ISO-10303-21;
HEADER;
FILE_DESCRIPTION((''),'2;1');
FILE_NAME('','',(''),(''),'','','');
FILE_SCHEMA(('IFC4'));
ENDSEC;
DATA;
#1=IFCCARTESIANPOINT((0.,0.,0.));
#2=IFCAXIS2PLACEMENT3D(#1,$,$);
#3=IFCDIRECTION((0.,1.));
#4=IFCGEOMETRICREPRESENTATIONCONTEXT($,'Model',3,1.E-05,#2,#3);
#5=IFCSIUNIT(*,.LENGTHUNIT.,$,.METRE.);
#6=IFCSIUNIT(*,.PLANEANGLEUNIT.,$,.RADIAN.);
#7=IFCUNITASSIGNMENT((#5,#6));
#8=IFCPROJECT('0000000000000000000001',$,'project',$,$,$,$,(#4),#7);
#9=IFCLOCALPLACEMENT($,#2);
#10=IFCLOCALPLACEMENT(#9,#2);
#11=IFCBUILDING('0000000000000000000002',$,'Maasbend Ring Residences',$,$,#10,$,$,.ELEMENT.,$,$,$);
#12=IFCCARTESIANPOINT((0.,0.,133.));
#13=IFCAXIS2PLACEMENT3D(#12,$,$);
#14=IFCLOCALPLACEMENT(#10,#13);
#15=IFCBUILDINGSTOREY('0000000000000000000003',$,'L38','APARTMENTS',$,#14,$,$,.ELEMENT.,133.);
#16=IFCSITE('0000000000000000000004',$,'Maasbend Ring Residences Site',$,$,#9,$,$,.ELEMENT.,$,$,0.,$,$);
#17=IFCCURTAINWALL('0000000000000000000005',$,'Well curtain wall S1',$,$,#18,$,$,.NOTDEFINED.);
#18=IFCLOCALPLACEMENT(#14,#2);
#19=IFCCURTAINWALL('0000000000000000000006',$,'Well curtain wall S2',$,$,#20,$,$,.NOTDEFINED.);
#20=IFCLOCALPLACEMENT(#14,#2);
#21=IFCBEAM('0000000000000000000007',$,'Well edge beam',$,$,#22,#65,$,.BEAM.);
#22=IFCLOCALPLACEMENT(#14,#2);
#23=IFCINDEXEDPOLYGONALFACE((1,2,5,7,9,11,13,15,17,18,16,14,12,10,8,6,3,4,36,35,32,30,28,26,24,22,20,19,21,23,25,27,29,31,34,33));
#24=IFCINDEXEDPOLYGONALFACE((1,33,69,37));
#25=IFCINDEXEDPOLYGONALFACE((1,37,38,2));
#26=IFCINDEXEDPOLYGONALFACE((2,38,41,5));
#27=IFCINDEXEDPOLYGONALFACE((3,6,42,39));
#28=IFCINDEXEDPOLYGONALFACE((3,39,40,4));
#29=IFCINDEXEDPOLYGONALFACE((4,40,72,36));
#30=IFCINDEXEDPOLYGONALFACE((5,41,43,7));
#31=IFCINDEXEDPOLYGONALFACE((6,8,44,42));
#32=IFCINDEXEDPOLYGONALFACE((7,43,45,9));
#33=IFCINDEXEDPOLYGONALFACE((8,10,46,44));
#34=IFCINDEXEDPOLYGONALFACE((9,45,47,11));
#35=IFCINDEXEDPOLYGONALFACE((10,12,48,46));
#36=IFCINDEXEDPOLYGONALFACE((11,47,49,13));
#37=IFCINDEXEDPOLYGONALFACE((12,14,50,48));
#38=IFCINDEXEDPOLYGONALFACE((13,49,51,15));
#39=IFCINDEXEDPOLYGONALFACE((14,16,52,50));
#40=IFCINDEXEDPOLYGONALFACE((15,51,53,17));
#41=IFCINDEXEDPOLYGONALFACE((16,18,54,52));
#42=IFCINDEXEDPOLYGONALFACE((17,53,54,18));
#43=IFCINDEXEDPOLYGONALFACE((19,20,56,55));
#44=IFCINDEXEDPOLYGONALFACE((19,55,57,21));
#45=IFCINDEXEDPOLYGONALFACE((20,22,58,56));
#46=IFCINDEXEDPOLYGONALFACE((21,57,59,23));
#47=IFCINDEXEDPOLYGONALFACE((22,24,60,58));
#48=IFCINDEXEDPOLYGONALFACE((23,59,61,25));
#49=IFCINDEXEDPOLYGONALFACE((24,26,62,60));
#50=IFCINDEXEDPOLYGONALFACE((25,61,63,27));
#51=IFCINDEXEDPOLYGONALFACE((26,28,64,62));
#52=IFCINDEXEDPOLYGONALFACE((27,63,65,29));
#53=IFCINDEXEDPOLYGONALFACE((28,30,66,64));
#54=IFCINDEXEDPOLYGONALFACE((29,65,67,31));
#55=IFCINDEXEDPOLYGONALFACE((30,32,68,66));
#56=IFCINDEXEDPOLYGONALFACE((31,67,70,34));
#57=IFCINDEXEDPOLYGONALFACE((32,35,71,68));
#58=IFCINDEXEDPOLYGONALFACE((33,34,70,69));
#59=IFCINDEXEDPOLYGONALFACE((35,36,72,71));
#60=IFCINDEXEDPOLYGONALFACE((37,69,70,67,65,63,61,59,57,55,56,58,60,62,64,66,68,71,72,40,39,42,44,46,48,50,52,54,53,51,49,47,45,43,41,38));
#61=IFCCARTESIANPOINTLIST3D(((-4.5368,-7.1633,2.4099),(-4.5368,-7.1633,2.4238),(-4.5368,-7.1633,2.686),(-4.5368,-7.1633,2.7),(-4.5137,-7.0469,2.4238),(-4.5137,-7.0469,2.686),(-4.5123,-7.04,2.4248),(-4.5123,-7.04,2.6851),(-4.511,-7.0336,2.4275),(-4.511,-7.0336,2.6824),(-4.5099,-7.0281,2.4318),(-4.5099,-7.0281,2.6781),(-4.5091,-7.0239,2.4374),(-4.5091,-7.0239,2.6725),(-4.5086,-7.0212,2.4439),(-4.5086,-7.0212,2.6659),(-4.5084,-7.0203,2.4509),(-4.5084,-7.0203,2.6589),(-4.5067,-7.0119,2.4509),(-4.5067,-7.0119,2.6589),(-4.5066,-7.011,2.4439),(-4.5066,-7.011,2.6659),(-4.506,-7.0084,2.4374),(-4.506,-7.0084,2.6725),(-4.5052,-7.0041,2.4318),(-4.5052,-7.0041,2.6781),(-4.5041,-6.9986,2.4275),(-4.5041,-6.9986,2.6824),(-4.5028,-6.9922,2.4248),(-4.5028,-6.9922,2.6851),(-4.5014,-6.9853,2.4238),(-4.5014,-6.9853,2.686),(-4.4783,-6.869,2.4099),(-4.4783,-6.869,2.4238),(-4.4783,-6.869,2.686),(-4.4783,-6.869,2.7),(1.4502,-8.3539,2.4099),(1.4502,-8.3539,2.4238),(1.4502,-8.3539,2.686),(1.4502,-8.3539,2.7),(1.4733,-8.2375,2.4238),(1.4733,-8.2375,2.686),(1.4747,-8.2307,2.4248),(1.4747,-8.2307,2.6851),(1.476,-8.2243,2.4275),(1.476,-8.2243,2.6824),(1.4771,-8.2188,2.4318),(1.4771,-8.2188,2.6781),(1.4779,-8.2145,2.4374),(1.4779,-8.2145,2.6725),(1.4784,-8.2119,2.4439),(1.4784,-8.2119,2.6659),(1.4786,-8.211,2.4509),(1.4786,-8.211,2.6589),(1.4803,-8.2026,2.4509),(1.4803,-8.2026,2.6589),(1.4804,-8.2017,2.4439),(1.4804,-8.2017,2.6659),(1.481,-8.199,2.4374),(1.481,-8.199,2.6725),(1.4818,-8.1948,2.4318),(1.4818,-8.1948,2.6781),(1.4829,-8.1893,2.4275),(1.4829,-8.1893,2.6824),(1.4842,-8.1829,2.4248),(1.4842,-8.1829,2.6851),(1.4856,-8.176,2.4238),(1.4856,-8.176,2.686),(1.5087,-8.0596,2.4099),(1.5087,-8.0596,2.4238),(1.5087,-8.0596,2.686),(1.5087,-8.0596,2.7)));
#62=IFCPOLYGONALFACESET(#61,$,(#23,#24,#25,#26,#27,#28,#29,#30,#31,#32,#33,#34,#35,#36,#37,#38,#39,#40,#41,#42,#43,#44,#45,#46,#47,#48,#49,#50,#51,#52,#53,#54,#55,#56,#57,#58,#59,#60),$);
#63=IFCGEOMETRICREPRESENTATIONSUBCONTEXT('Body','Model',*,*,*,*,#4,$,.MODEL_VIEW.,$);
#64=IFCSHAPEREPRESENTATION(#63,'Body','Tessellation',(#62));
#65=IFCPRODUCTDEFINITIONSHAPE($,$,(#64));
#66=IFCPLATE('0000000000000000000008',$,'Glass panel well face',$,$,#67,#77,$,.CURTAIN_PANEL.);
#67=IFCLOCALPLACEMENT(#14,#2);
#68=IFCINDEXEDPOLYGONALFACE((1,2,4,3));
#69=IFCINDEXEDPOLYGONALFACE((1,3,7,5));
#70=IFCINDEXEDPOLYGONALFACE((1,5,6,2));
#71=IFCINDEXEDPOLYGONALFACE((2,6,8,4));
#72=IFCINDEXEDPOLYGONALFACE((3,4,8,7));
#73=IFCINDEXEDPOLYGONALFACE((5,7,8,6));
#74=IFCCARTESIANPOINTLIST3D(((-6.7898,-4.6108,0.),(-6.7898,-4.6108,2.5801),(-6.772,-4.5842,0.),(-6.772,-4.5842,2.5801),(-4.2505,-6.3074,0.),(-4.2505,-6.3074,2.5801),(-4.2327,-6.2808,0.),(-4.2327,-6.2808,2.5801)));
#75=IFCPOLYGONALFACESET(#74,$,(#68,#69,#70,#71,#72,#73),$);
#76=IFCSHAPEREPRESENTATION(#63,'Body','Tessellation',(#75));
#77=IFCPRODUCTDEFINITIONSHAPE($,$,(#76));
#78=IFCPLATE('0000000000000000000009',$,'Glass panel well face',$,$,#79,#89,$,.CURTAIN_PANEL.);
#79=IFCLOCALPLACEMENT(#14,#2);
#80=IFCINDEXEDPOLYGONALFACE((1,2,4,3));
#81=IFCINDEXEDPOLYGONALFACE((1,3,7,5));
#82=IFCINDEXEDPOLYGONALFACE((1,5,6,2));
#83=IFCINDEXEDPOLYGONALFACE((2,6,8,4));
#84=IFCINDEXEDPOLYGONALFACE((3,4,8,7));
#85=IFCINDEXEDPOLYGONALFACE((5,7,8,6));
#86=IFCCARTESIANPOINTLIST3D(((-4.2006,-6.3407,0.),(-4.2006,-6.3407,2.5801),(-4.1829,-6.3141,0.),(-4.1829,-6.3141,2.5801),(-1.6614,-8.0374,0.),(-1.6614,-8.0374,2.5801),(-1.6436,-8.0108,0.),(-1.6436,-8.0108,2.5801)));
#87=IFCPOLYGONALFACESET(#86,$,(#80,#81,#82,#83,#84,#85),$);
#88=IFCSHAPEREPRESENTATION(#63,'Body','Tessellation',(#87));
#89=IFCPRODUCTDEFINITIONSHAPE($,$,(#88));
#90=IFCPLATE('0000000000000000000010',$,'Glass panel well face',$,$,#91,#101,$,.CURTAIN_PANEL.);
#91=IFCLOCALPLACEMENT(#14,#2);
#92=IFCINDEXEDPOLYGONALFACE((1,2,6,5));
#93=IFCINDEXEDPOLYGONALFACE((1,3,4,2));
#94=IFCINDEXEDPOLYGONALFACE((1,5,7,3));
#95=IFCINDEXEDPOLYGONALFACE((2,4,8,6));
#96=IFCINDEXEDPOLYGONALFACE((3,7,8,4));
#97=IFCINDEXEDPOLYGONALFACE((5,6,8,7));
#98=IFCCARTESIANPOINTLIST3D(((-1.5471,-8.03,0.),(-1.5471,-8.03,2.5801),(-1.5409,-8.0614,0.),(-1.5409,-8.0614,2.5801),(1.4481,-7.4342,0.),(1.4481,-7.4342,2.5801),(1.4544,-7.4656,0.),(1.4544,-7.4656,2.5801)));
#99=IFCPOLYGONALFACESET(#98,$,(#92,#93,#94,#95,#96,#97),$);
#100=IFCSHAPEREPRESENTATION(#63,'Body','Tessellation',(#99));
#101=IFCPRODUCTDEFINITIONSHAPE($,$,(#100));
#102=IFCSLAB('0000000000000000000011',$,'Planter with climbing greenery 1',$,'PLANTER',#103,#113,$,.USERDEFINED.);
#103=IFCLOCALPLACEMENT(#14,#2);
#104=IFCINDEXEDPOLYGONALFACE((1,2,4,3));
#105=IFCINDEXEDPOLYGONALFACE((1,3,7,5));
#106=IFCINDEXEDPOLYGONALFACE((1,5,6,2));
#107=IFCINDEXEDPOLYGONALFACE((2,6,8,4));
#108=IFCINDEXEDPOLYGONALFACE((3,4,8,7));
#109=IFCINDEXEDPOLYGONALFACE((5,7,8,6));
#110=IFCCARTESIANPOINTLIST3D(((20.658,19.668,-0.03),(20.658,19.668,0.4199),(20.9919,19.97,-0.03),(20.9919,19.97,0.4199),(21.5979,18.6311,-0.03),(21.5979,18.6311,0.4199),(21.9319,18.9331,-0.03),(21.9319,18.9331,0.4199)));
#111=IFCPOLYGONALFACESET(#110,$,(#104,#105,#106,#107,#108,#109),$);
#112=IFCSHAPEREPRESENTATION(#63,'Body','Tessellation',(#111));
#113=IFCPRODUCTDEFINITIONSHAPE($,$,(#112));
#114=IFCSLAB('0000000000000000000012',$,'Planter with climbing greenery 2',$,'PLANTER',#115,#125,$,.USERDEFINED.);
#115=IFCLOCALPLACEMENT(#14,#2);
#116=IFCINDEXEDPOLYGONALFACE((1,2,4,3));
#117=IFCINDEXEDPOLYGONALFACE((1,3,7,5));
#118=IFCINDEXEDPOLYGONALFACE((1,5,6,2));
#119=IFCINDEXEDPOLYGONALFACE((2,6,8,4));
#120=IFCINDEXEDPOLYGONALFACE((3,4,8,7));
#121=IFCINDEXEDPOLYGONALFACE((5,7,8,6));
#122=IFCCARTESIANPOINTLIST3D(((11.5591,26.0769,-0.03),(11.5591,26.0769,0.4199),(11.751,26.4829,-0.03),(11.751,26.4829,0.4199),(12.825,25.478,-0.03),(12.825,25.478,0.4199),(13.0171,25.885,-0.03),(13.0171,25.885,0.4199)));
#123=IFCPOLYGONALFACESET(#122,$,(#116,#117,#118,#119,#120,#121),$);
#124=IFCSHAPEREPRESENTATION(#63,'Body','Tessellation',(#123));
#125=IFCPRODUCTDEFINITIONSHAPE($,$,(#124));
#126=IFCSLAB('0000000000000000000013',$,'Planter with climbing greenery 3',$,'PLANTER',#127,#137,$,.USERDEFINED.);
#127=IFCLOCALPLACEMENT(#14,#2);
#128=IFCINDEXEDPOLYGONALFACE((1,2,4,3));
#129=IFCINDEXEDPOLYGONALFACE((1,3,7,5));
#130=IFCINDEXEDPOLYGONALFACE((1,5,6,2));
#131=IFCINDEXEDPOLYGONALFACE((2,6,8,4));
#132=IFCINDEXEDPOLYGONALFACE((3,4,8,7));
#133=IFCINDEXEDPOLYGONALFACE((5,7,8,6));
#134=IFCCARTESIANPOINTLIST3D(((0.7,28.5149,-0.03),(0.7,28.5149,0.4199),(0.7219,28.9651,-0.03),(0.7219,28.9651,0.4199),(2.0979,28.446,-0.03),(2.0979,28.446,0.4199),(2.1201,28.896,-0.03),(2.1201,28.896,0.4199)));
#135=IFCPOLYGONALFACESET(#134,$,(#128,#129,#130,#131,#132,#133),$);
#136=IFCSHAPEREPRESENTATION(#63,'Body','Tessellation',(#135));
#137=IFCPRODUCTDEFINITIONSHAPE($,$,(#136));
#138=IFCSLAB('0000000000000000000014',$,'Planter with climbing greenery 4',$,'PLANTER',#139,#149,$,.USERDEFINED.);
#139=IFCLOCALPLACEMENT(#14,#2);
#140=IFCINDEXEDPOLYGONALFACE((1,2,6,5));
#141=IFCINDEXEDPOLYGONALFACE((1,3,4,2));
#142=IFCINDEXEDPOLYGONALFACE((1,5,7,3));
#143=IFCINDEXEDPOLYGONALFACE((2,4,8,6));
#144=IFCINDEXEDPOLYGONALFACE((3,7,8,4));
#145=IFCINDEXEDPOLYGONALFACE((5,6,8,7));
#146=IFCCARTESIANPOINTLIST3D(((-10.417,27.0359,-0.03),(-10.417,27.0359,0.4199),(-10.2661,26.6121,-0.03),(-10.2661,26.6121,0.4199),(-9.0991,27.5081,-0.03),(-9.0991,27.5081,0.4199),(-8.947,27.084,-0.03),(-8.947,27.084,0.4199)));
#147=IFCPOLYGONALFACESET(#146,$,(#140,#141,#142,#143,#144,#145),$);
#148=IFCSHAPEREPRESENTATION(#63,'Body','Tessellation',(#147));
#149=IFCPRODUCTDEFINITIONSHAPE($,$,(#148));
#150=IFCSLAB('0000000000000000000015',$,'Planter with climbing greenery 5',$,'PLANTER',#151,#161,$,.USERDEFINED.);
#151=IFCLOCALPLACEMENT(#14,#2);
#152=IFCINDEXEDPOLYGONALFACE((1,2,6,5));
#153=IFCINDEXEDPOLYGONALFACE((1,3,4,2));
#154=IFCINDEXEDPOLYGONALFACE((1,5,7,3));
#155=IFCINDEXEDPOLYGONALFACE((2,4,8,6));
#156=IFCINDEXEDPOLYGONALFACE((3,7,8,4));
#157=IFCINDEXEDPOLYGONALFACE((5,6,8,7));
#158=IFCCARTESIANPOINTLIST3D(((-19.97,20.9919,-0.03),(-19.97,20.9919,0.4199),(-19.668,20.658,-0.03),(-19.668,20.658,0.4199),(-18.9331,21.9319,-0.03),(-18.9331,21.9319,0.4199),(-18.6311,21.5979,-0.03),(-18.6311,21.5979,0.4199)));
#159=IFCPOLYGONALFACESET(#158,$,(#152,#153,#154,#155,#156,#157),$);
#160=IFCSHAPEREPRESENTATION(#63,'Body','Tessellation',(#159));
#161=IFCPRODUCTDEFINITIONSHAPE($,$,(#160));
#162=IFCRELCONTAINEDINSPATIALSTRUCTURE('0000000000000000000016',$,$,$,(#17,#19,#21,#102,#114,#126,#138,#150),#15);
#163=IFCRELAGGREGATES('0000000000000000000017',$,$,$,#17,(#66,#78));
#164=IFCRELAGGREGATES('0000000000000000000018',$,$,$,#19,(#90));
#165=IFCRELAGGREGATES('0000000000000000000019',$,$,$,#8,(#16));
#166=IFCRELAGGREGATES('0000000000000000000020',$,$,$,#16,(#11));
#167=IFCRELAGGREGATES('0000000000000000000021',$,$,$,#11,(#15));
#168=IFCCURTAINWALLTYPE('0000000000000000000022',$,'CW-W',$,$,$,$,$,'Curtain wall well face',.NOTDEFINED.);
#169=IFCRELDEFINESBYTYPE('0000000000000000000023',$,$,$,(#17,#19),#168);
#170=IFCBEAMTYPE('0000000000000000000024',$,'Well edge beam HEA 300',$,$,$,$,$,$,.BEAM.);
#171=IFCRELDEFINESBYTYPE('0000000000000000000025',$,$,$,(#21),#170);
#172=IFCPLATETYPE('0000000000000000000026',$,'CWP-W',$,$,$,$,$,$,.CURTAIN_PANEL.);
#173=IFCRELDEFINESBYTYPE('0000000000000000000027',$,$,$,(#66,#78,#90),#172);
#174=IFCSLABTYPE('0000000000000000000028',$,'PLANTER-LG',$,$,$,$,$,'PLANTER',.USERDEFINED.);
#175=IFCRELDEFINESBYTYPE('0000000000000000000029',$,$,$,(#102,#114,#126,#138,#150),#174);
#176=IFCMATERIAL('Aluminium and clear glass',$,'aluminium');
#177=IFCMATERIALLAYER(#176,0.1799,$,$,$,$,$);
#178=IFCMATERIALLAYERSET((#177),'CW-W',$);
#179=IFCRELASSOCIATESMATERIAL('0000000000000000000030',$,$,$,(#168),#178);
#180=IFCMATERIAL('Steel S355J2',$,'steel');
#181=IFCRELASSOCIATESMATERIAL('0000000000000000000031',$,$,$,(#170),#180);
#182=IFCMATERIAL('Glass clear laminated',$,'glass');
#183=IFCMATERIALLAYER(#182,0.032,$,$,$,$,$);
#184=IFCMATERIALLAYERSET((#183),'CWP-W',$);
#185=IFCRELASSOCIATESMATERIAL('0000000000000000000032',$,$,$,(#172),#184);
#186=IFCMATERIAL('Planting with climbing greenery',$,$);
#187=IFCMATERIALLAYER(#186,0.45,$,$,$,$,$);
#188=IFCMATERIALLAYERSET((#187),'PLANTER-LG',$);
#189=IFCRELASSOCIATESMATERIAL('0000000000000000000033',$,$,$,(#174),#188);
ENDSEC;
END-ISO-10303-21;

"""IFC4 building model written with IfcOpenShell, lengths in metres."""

from ifc_helpers import new_model, si_unit, direction, frame, origin, origin_2d, place, context, subcontext, project, spatial, polyline, rectangle, i_section, outline, extrude, material, layer, layer_set, material_profile, profile_set, type_object, element, aggregate, save


model = new_model("IFC4")

# Units and contexts
model_context = context("Model", 3, precision=1e-05, world=origin(), true_north=direction((0.0, 1.0)))
body_context = subcontext(model_context, "Body", "Model", "MODEL_VIEW")
ifc_project = project(units=[si_unit("LENGTHUNIT", "METRE"), si_unit("PLANEANGLEUNIT", "RADIAN")], contexts=[model_context])

# Site, building, storey
site_placement = place(None, origin())
site = spatial("IfcSite", under=ifc_project, at=site_placement, Name="Maasbend Ring Residences Site", CompositionType="ELEMENT", RefElevation=0.0)
building_placement = place(site_placement, origin())
building = spatial("IfcBuilding", under=site, at=building_placement, Name="Maasbend Ring Residences", CompositionType="ELEMENT")
storey_placement = place(building_placement, frame((0.0, 0.0, 133.0)))
storey = spatial("IfcBuildingStorey", under=building, at=storey_placement, Name="L38", Description="APARTMENTS", CompositionType="ELEMENT", Elevation=133.0)

# Curtain wall
ifc_material_1 = material(Name="Aluminium and clear glass", Category="aluminium")
ifc_layer_1 = layer(ifc_material_1, 0.1799)
ifc_layer_set_1 = layer_set([ifc_layer_1], Name="CW-W")
curtain_wall_type = type_object("IfcCurtainWallType", Name="CW-W", ElementType="Curtain wall well face", PredefinedType="NOTDEFINED", material=ifc_layer_set_1)
curtain_wall_1_placement = place(storey_placement, origin())
curtain_wall_1 = element("IfcCurtainWall", 1, at=curtain_wall_1_placement, inside=storey, type_object=curtain_wall_type, Name="Well curtain wall S1", PredefinedType="NOTDEFINED")

# Curtain wall
curtain_wall_2_placement = place(storey_placement, origin())
curtain_wall_2 = element("IfcCurtainWall", 2, at=curtain_wall_2_placement, inside=storey, type_object=curtain_wall_type, Name="Well curtain wall S2", PredefinedType="NOTDEFINED")

# Beam
ifc_material_2 = material(Name="Steel S355J2", Category="steel")
ifc_material_profile_1 = material_profile(ifc_material_2, i_section(OverallWidth=0.3, OverallDepth=0.29, WebThickness=0.0085, FlangeThickness=0.0139, FilletRadius=0.0271, at=origin_2d()), Name="HEA 300")
ifc_profile_set_1 = profile_set([ifc_material_profile_1], Name="Steel S355J2")
beam_type = type_object("IfcBeamType", Name="Well edge beam HEA 300", PredefinedType="BEAM", material=ifc_profile_set_1)
beam_1_placement = place(storey_placement, frame((-4.5076, -7.0161, 2.5549), z_axis=(0.980792, -0.195055, 0.0), x_axis=(0.195055, 0.980792, 0.0)))
element("IfcBeam", 3, at=beam_1_placement, inside=storey, type_object=beam_type, Name="Well edge beam", PredefinedType="BEAM", context=body_context, shape_type="SweptSolid", body=[
    extrude(i_section(OverallWidth=0.3, OverallDepth=0.29, WebThickness=0.0085, FlangeThickness=0.0139, FilletRadius=0.0271, at=origin_2d()), origin(), (0.0, 0.0, 1.0), 6.1042),
])

# Plates
ifc_material_3 = material(Name="Glass clear laminated", Category="glass")
ifc_layer_2 = layer(ifc_material_3, 0.032)
ifc_layer_set_2 = layer_set([ifc_layer_2], Name="CWP-W")
plate_type = type_object("IfcPlateType", Name="CWP-W", PredefinedType="CURTAIN_PANEL", material=ifc_layer_set_2)
plate_1_placement = place(storey_placement, frame((-5.5112, -5.4458, 0.0), z_axis=(0.0, 0.0, 1.0), x_axis=(0.83147, -0.55557, 0.0)))
plate_1 = element("IfcPlate", 4, at=plate_1_placement, type_object=plate_type, Name="Glass panel well face", PredefinedType="CURTAIN_PANEL", context=body_context, shape_type="SweptSolid", body=[
    extrude(rectangle(XDim=3.054, YDim=0.032, at=origin_2d()), origin(), (0.0, 0.0, 1.0), 2.5801),
])
plate_2_placement = place(storey_placement, frame((-2.9221, -7.1758, 0.0), z_axis=(0.0, 0.0, 1.0), x_axis=(0.83147, -0.55557, 0.0)))
plate_2 = element("IfcPlate", 5, at=plate_2_placement, type_object=plate_type, Name="Glass panel well face", PredefinedType="CURTAIN_PANEL", context=body_context, shape_type="SweptSolid", body=[
    extrude(rectangle(XDim=3.054, YDim=0.032, at=origin_2d()), origin(), (0.0, 0.0, 1.0), 2.5801),
])
aggregate(curtain_wall_1, [plate_1, plate_2])
plate_3_placement = place(storey_placement, frame((-0.0464, -7.7478, 0.0), z_axis=(0.0, 0.0, 1.0), x_axis=(0.980785, 0.19509, 0.0)))
plate_3 = element("IfcPlate", 6, at=plate_3_placement, type_object=plate_type, Name="Glass panel well face", PredefinedType="CURTAIN_PANEL", context=body_context, shape_type="SweptSolid", body=[
    extrude(rectangle(XDim=3.054, YDim=0.032, at=origin_2d()), origin(), (0.0, 0.0, 1.0), 2.5801),
])
aggregate(curtain_wall_2, [plate_3])

# Slabs
ifc_material_4 = material(Name="Planting with climbing greenery")
ifc_layer_3 = layer(ifc_material_4, 0.45)
ifc_layer_set_3 = layer_set([ifc_layer_3], Name="PLANTER-LG")
slab_type_1 = type_object("IfcSlabType", Name="PLANTER-LG", ElementType="PLANTER", PredefinedType="USERDEFINED", material=ifc_layer_set_3)
slab_1_placement = place(storey_placement, frame((0.0, 0.0, -0.03)))
element("IfcSlab", 7, at=slab_1_placement, inside=storey, type_object=slab_type_1, Name="Planter with climbing greenery 1", ObjectType="PLANTER", PredefinedType="USERDEFINED", context=body_context, shape_type="SweptSolid", body=[
    extrude(outline(polyline([(21.9319, 18.9331), (20.9919, 19.97), (20.658, 19.668), (21.5979, 18.6311), (21.9319, 18.9331)])), origin(), (0.0, 0.0, 1.0), 0.45),
])
slab_2_placement = place(storey_placement, frame((0.0, 0.0, -0.03)))
element("IfcSlab", 8, at=slab_2_placement, inside=storey, type_object=slab_type_1, Name="Planter with climbing greenery 2", ObjectType="PLANTER", PredefinedType="USERDEFINED", context=body_context, shape_type="SweptSolid", body=[
    extrude(outline(polyline([(13.0171, 25.885), (11.751, 26.4829), (11.5591, 26.0769), (12.825, 25.478), (13.0171, 25.885)])), origin(), (0.0, 0.0, 1.0), 0.45),
])
slab_3_placement = place(storey_placement, frame((0.0, 0.0, -0.03)))
element("IfcSlab", 9, at=slab_3_placement, inside=storey, type_object=slab_type_1, Name="Planter with climbing greenery 3", ObjectType="PLANTER", PredefinedType="USERDEFINED", context=body_context, shape_type="SweptSolid", body=[
    extrude(outline(polyline([(2.1201, 28.896), (0.7219, 28.9651), (0.7, 28.5149), (2.0979, 28.446), (2.1201, 28.896)])), origin(), (0.0, 0.0, 1.0), 0.45),
])
slab_4_placement = place(storey_placement, frame((0.0, 0.0, -0.03)))
element("IfcSlab", 10, at=slab_4_placement, inside=storey, type_object=slab_type_1, Name="Planter with climbing greenery 4", ObjectType="PLANTER", PredefinedType="USERDEFINED", context=body_context, shape_type="SweptSolid", body=[
    extrude(outline(polyline([(-9.0991, 27.5081), (-10.417, 27.0359), (-10.2661, 26.6121), (-8.947, 27.084), (-9.0991, 27.5081)])), origin(), (0.0, 0.0, 1.0), 0.45),
])
slab_5_placement = place(storey_placement, frame((0.0, 0.0, -0.03)))
element("IfcSlab", 11, at=slab_5_placement, inside=storey, type_object=slab_type_1, Name="Planter with climbing greenery 5", ObjectType="PLANTER", PredefinedType="USERDEFINED", context=body_context, shape_type="SweptSolid", body=[
    extrude(outline(polyline([(-18.9331, 21.9319), (-19.97, 20.9919), (-19.668, 20.658), (-18.6311, 21.5979), (-18.9331, 21.9319)])), origin(), (0.0, 0.0, 1.0), 0.45),
])

save(model, "model.ifc")
